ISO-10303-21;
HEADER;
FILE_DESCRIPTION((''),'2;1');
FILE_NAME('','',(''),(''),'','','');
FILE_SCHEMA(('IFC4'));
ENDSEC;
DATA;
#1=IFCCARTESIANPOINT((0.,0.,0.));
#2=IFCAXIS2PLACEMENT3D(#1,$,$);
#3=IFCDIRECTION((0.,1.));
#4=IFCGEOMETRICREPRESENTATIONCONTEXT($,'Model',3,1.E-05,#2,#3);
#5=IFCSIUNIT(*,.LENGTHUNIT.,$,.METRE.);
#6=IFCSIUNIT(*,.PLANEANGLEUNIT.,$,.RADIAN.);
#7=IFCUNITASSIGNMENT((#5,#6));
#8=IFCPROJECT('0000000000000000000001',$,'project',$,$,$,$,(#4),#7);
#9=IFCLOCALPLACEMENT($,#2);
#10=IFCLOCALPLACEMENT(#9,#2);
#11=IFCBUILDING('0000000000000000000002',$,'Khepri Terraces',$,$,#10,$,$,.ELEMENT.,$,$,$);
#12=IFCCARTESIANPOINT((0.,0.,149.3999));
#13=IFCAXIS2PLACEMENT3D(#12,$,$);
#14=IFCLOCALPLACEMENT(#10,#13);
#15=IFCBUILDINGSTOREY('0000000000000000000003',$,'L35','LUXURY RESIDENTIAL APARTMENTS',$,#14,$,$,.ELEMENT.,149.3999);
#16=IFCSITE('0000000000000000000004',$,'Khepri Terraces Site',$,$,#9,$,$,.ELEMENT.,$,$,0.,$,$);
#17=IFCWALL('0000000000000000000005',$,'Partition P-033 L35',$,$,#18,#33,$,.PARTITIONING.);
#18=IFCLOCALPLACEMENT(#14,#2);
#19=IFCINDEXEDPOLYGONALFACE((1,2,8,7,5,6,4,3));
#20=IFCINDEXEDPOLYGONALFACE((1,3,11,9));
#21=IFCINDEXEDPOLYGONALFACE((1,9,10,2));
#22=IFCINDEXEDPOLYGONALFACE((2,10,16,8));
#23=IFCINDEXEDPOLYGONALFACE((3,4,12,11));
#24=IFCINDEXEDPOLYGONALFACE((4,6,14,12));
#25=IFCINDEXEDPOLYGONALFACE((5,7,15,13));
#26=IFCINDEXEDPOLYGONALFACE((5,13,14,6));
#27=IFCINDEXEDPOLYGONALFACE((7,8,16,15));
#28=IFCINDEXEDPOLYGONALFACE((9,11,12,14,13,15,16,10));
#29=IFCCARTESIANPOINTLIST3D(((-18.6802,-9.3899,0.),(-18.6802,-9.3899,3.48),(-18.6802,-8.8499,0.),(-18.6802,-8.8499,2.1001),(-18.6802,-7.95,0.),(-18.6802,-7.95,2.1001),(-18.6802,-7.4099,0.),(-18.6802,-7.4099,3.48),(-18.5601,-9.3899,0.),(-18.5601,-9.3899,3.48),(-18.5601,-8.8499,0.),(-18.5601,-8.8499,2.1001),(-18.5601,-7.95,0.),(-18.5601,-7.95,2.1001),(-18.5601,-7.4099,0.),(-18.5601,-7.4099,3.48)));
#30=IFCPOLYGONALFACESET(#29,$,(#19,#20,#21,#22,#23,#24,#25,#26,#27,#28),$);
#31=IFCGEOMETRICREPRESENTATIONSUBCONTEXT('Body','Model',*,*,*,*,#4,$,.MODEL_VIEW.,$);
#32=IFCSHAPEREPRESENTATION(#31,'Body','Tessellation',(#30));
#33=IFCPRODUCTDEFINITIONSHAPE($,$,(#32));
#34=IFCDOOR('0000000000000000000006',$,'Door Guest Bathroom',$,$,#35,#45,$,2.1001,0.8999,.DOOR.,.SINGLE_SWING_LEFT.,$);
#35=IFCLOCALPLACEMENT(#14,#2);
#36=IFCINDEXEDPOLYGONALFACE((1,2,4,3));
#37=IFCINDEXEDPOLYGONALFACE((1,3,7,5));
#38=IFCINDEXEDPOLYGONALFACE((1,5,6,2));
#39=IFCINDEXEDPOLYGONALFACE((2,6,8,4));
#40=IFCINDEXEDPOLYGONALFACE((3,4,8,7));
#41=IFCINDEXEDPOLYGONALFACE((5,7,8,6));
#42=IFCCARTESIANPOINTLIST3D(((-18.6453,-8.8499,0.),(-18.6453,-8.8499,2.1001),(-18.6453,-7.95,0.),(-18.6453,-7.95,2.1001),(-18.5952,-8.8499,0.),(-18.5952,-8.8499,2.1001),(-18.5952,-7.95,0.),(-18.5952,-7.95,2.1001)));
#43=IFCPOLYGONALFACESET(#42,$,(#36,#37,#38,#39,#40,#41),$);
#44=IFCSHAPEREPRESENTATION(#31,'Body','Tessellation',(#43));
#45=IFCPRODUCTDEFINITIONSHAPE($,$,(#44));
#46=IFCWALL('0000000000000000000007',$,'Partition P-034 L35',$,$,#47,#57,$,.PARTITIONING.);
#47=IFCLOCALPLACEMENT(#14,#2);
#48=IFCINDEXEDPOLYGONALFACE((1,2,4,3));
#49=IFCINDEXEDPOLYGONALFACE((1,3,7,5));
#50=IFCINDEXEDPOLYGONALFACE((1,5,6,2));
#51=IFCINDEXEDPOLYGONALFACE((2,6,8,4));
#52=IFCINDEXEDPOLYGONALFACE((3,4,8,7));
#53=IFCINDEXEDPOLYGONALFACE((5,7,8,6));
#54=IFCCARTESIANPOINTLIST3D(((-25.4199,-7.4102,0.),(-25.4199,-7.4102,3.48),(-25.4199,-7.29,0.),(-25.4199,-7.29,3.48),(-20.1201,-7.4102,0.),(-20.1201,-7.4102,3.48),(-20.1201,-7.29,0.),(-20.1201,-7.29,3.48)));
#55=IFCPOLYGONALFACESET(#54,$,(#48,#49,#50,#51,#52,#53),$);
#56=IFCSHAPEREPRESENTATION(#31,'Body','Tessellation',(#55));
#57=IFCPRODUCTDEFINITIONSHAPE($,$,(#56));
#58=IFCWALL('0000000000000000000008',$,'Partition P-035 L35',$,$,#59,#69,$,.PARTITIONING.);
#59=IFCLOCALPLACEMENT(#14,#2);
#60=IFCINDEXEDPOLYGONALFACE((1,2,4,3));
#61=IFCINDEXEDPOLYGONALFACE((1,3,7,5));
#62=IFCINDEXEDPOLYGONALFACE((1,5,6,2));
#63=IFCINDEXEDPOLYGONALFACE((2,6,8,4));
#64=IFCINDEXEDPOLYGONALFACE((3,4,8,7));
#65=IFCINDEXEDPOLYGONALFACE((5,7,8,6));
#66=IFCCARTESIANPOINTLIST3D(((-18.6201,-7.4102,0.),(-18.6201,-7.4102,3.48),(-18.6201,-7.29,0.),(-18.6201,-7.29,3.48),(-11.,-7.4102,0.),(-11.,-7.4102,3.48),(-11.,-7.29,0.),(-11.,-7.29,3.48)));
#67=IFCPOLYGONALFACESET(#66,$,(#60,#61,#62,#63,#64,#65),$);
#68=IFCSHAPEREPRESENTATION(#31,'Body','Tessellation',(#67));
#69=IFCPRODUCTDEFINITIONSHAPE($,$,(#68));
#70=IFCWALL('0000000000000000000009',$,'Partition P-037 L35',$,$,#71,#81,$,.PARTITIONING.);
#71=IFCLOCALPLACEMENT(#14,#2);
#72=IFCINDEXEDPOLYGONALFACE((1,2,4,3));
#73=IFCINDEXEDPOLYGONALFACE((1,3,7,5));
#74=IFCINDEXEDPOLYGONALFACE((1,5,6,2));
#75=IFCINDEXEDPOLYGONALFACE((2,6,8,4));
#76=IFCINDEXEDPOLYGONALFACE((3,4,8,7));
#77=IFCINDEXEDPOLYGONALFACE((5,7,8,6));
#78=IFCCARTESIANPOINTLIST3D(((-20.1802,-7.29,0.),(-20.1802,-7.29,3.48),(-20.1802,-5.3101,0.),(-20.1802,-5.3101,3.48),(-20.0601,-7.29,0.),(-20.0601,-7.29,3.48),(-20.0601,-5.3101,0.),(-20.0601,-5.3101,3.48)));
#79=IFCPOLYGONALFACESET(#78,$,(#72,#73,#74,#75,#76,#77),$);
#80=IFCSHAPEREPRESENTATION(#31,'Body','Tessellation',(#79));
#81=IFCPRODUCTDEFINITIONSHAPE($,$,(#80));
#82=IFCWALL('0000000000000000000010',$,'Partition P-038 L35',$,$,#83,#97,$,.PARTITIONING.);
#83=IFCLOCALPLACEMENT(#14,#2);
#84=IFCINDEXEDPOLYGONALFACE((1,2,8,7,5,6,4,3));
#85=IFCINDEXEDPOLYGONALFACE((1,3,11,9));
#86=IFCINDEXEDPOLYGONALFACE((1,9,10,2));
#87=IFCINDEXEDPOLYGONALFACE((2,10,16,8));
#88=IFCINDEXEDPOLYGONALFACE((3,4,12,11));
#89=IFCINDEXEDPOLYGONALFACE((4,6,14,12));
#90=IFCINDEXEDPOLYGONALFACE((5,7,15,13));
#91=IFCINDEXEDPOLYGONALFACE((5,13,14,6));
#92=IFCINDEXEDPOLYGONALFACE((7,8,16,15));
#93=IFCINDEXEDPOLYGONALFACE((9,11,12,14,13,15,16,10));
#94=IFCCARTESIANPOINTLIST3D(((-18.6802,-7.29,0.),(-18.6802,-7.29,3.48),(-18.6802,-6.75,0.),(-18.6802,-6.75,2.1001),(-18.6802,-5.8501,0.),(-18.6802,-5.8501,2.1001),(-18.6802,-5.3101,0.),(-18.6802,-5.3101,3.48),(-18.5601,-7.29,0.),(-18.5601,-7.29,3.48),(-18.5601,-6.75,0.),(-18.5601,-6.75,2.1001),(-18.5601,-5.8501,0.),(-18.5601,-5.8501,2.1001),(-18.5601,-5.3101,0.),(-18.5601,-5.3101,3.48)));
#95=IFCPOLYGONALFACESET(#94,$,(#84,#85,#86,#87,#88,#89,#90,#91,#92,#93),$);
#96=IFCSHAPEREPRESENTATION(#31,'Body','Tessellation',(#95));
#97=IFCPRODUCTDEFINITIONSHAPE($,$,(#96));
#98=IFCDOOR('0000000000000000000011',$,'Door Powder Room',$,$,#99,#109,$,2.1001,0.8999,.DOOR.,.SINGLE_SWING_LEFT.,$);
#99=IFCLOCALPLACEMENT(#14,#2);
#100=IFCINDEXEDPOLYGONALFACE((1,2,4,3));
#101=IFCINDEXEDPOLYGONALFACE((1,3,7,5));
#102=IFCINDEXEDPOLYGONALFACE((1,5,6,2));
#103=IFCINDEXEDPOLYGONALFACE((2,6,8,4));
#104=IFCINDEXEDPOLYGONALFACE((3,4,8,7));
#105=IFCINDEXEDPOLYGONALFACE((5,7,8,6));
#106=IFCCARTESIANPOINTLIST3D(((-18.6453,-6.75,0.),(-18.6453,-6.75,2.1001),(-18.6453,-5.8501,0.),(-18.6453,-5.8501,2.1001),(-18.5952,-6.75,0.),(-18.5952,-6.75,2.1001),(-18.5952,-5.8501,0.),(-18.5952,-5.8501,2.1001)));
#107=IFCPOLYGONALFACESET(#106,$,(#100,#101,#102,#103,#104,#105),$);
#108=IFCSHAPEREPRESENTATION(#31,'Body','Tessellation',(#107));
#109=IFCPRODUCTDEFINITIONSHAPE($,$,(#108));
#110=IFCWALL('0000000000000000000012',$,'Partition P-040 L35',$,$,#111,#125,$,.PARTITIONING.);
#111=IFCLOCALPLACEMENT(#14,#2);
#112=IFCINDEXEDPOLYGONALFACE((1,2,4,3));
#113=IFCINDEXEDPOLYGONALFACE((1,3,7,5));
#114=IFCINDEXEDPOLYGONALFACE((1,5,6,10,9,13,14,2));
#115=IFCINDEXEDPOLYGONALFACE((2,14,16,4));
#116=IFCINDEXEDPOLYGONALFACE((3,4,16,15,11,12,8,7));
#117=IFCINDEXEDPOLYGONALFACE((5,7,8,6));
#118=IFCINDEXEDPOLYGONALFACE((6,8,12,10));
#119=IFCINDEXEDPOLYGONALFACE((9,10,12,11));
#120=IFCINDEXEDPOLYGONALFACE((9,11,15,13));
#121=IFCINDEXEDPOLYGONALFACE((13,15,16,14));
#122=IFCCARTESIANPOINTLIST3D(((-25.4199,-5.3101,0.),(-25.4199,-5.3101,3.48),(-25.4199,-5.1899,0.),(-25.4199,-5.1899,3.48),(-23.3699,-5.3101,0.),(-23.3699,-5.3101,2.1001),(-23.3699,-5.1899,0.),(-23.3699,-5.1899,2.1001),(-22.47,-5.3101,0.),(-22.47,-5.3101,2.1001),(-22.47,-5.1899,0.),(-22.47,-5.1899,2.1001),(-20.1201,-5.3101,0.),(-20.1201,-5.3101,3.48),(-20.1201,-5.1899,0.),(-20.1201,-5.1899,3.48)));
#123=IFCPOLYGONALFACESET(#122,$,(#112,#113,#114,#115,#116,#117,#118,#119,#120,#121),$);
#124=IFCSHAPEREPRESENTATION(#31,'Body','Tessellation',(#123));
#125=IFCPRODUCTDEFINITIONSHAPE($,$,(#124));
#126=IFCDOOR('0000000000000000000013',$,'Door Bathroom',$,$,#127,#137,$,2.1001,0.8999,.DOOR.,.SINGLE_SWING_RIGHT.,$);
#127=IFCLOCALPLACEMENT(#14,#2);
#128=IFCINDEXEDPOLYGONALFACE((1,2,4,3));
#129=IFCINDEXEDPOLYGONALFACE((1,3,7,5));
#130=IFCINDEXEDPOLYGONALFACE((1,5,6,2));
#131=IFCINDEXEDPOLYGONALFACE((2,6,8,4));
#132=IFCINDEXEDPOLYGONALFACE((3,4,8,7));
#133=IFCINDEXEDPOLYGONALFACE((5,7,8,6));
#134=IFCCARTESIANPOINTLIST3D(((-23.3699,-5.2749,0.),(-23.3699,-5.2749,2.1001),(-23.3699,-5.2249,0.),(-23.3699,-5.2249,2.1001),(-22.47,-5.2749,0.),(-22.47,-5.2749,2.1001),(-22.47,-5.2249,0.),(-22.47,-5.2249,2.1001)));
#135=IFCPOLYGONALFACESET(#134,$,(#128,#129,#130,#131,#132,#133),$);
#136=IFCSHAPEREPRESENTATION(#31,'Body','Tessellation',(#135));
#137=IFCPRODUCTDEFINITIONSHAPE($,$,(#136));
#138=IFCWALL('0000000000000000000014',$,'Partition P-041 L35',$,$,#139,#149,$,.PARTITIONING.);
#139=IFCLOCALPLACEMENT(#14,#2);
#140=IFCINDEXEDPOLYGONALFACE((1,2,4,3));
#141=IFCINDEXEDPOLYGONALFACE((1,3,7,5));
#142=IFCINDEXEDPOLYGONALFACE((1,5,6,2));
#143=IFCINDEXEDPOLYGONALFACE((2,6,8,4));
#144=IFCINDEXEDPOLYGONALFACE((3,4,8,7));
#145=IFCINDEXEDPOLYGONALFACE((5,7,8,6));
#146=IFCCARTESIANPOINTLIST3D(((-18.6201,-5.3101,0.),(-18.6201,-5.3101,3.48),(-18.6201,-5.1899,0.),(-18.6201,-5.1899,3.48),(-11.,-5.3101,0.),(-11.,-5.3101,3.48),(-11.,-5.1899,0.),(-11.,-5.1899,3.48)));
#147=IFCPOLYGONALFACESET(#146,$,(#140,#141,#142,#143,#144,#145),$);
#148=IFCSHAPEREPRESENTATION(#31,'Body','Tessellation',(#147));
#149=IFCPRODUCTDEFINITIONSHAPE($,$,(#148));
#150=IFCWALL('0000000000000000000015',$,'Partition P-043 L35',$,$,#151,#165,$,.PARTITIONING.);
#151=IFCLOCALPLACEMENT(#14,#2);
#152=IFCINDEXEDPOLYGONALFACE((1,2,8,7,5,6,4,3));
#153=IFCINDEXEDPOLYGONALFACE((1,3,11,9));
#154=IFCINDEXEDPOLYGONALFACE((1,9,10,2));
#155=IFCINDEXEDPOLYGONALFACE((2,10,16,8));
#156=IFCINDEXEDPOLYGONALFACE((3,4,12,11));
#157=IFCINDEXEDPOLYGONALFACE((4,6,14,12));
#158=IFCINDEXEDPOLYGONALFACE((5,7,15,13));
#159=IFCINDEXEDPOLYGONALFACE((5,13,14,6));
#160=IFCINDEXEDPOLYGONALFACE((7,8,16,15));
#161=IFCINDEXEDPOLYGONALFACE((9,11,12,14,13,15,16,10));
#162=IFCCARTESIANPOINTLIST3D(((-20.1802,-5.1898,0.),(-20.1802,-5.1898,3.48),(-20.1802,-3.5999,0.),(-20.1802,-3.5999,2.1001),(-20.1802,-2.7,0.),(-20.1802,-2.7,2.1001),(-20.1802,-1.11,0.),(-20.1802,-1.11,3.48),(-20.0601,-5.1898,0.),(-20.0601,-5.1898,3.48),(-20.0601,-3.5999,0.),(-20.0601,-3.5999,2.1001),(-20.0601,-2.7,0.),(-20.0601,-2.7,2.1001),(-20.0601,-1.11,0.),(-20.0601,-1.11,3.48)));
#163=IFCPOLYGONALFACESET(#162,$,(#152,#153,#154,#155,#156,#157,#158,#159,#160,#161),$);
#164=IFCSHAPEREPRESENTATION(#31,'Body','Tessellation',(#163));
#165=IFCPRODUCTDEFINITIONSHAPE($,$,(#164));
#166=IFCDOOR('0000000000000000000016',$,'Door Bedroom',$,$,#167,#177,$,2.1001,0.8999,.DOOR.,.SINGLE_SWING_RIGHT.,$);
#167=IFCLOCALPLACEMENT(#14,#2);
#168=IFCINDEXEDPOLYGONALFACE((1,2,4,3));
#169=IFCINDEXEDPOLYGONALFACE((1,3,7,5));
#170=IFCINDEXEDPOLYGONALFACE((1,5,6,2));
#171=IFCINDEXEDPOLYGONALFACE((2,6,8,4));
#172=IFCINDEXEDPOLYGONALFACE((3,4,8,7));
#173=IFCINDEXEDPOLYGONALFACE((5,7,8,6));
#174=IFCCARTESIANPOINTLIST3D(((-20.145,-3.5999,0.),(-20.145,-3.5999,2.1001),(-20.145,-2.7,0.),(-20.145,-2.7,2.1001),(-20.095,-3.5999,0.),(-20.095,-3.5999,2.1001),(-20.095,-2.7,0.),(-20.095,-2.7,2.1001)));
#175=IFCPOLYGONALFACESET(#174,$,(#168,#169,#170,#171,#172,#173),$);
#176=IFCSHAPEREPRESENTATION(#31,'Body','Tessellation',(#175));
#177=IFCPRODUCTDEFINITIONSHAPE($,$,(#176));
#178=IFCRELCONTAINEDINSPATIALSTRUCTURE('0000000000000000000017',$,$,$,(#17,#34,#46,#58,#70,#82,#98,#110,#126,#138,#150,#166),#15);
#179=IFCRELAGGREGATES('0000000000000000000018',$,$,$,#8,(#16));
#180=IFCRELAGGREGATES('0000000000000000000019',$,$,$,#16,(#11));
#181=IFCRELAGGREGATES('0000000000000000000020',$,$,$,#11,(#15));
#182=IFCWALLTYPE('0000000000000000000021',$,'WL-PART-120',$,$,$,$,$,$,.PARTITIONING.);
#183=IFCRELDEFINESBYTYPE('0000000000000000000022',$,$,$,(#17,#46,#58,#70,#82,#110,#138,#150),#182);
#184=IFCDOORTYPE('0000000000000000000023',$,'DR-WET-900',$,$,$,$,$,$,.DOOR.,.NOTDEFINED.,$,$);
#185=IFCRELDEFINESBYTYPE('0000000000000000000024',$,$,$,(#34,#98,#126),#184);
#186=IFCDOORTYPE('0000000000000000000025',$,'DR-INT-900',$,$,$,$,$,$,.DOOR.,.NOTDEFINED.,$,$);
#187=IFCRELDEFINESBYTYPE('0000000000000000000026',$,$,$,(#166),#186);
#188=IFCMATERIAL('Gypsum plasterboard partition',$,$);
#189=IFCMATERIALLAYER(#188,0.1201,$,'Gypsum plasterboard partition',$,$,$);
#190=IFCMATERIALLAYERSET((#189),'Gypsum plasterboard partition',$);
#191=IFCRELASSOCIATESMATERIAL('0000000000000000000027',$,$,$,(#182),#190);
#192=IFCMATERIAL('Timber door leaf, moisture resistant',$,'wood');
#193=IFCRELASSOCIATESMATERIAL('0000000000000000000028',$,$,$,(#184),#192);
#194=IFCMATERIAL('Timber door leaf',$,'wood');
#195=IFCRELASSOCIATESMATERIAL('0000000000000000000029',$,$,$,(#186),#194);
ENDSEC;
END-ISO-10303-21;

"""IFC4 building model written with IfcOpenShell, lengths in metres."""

from ifc_helpers import new_model, si_unit, direction, frame, frame_2d, origin, place, context, subcontext, project, spatial, rectangle, extrude, material, layer, layer_set, type_object, element, fill, save


model = new_model("IFC4")

# Units and contexts
model_context = context("Model", 3, precision=1e-05, world=origin(), true_north=direction((0.0, 1.0)))
body_context = subcontext(model_context, "Body", "Model", "MODEL_VIEW")
ifc_project = project(units=[si_unit("LENGTHUNIT", "METRE"), si_unit("PLANEANGLEUNIT", "RADIAN")], contexts=[model_context])

# Site, building, storey
site_placement = place(None, origin())
site = spatial("IfcSite", under=ifc_project, at=site_placement, Name="Khepri Terraces Site", CompositionType="ELEMENT", RefElevation=0.0)
building_placement = place(site_placement, origin())
building = spatial("IfcBuilding", under=site, at=building_placement, Name="Khepri Terraces", CompositionType="ELEMENT")
storey_placement = place(building_placement, frame((0.0, 0.0, 149.3999)))
storey = spatial("IfcBuildingStorey", under=building, at=storey_placement, Name="L35", Description="LUXURY RESIDENTIAL APARTMENTS", CompositionType="ELEMENT", Elevation=149.3999)

# Wall, opening, door
ifc_material_1 = material(Name="Gypsum plasterboard partition")
ifc_layer_1 = layer(ifc_material_1, 0.1201, Name="Gypsum plasterboard partition")
ifc_layer_set_1 = layer_set([ifc_layer_1], Name="Gypsum plasterboard partition")
wall_type_1 = type_object("IfcWallType", Name="WL-PART-120", PredefinedType="PARTITIONING", material=ifc_layer_set_1)
wall_1_placement = place(storey_placement, frame((-18.6201, -9.3899, 0.0), z_axis=(0.0, 0.0, 1.0), x_axis=(0.0, 1.0, 0.0)))
wall_1 = element("IfcWall", 1, at=wall_1_placement, inside=storey, type_object=wall_type_1, Name="Partition P-033 L35", PredefinedType="PARTITIONING", context=body_context, shape_type="SweptSolid", body=[
    extrude(rectangle(XDim=1.98, YDim=0.1201, at=frame_2d((0.99, 0.0))), origin(), (0.0, 0.0, 1.0), 3.48),
])
opening_1_placement = place(wall_1_placement, frame((0.54, 0.0, 0.0)))
opening_1 = element("IfcOpeningElement", 2, at=opening_1_placement, cuts=wall_1, PredefinedType="OPENING", context=body_context, shape_type="SweptSolid", body=[
    extrude(rectangle(XDim=0.8999, YDim=2.1001, at=frame_2d((0.45, 1.05))), frame((0.0, 0.0701, 0.0), z_axis=(0.0, -1.0, 0.0), x_axis=(1.0, 0.0, 0.0)), (0.0, 0.0, 1.0), 0.1401),
])
ifc_material_2 = material(Name="Timber door leaf, moisture resistant", Category="wood")
door_type_1 = type_object("IfcDoorType", Name="DR-WET-900", OperationType="NOTDEFINED", PredefinedType="DOOR", material=ifc_material_2)
door_1_placement = place(opening_1_placement, frame((0.8999, 0.0, 0.0), z_axis=(0.0, 0.0, 1.0), x_axis=(-1.0, 0.0, 0.0)))
door_1 = element("IfcDoor", 3, at=door_1_placement, inside=storey, type_object=door_type_1, Name="Door Guest Bathroom", OperationType="SINGLE_SWING_LEFT", OverallHeight=2.1001, OverallWidth=0.8999, PredefinedType="DOOR", context=body_context, shape_type="SweptSolid", body=[
    extrude(rectangle(XDim=0.8999, YDim=2.1001, at=frame_2d((0.45, 1.05))), frame((0.0, 0.0249, 0.0), z_axis=(0.0, -1.0, 0.0), x_axis=(1.0, 0.0, 0.0)), (0.0, 0.0, 1.0), 0.05),
])
fill(opening_1, door_1)

# Walls
wall_2_placement = place(storey_placement, frame((-25.4199, -7.3501, 0.0), z_axis=(0.0, 0.0, 1.0), x_axis=(1.0, 0.0, 0.0)))
element("IfcWall", 4, at=wall_2_placement, inside=storey, type_object=wall_type_1, Name="Partition P-034 L35", PredefinedType="PARTITIONING", context=body_context, shape_type="SweptSolid", body=[
    extrude(rectangle(XDim=5.2998, YDim=0.1201, at=frame_2d((2.6499, 0.0))), origin(), (0.0, 0.0, 1.0), 3.48),
])
wall_3_placement = place(storey_placement, frame((-18.6201, -7.3501, 0.0), z_axis=(0.0, 0.0, 1.0), x_axis=(1.0, 0.0, 0.0)))
element("IfcWall", 5, at=wall_3_placement, inside=storey, type_object=wall_type_1, Name="Partition P-035 L35", PredefinedType="PARTITIONING", context=body_context, shape_type="SweptSolid", body=[
    extrude(rectangle(XDim=7.6201, YDim=0.1201, at=frame_2d((3.8101, 0.0))), origin(), (0.0, 0.0, 1.0), 3.48),
])
wall_4_placement = place(storey_placement, frame((-20.1201, -7.29, 0.0), z_axis=(0.0, 0.0, 1.0), x_axis=(0.0, 1.0, 0.0)))
element("IfcWall", 6, at=wall_4_placement, inside=storey, type_object=wall_type_1, Name="Partition P-037 L35", PredefinedType="PARTITIONING", context=body_context, shape_type="SweptSolid", body=[
    extrude(rectangle(XDim=1.98, YDim=0.1201, at=frame_2d((0.99, 0.0))), origin(), (0.0, 0.0, 1.0), 3.48),
])

# Walls, openings, doors
wall_5_placement = place(storey_placement, frame((-18.6201, -7.29, 0.0), z_axis=(0.0, 0.0, 1.0), x_axis=(0.0, 1.0, 0.0)))
wall_5 = element("IfcWall", 7, at=wall_5_placement, inside=storey, type_object=wall_type_1, Name="Partition P-038 L35", PredefinedType="PARTITIONING", context=body_context, shape_type="SweptSolid", body=[
    extrude(rectangle(XDim=1.98, YDim=0.1201, at=frame_2d((0.99, 0.0))), origin(), (0.0, 0.0, 1.0), 3.48),
])
opening_2_placement = place(wall_5_placement, frame((0.54, 0.0, 0.0)))
opening_2 = element("IfcOpeningElement", 8, at=opening_2_placement, cuts=wall_5, PredefinedType="OPENING", context=body_context, shape_type="SweptSolid", body=[
    extrude(rectangle(XDim=0.8999, YDim=2.1001, at=frame_2d((0.45, 1.05))), frame((0.0, 0.0701, 0.0), z_axis=(0.0, -1.0, 0.0), x_axis=(1.0, 0.0, 0.0)), (0.0, 0.0, 1.0), 0.1401),
])
door_2_placement = place(opening_2_placement, frame((0.8999, 0.0, 0.0), z_axis=(0.0, 0.0, 1.0), x_axis=(-1.0, 0.0, 0.0)))
door_2 = element("IfcDoor", 9, at=door_2_placement, inside=storey, type_object=door_type_1, Name="Door Powder Room", OperationType="SINGLE_SWING_LEFT", OverallHeight=2.1001, OverallWidth=0.8999, PredefinedType="DOOR", context=body_context, shape_type="SweptSolid", body=[
    extrude(rectangle(XDim=0.8999, YDim=2.1001, at=frame_2d((0.45, 1.05))), frame((0.0, 0.0249, 0.0), z_axis=(0.0, -1.0, 0.0), x_axis=(1.0, 0.0, 0.0)), (0.0, 0.0, 1.0), 0.05),
])
fill(opening_2, door_2)
wall_6_placement = place(storey_placement, frame((-25.4199, -5.25, 0.0), z_axis=(0.0, 0.0, 1.0), x_axis=(1.0, 0.0, 0.0)))
wall_6 = element("IfcWall", 10, at=wall_6_placement, inside=storey, type_object=wall_type_1, Name="Partition P-040 L35", PredefinedType="PARTITIONING", context=body_context, shape_type="SweptSolid", body=[
    extrude(rectangle(XDim=5.2998, YDim=0.1201, at=frame_2d((2.6499, 0.0))), origin(), (0.0, 0.0, 1.0), 3.48),
])
opening_3_placement = place(wall_6_placement, frame((2.05, 0.0, 0.0)))
opening_3 = element("IfcOpeningElement", 11, at=opening_3_placement, cuts=wall_6, PredefinedType="OPENING", context=body_context, shape_type="SweptSolid", body=[
    extrude(rectangle(XDim=0.8999, YDim=2.1001, at=frame_2d((0.45, 1.05))), frame((0.0, 0.0701, 0.0), z_axis=(0.0, -1.0, 0.0), x_axis=(1.0, 0.0, 0.0)), (0.0, 0.0, 1.0), 0.1401),
])
door_3_placement = place(opening_3_placement, frame((0.8999, 0.0, 0.0), z_axis=(0.0, 0.0, 1.0), x_axis=(-1.0, 0.0, 0.0)))
door_3 = element("IfcDoor", 12, at=door_3_placement, inside=storey, type_object=door_type_1, Name="Door Bathroom", OperationType="SINGLE_SWING_RIGHT", OverallHeight=2.1001, OverallWidth=0.8999, PredefinedType="DOOR", context=body_context, shape_type="SweptSolid", body=[
    extrude(rectangle(XDim=0.8999, YDim=2.1001, at=frame_2d((0.45, 1.05))), frame((0.0, 0.0249, 0.0), z_axis=(0.0, -1.0, 0.0), x_axis=(1.0, 0.0, 0.0)), (0.0, 0.0, 1.0), 0.05),
])
fill(opening_3, door_3)

# Wall
wall_7_placement = place(storey_placement, frame((-18.6201, -5.25, 0.0), z_axis=(0.0, 0.0, 1.0), x_axis=(1.0, 0.0, 0.0)))
element("IfcWall", 13, at=wall_7_placement, inside=storey, type_object=wall_type_1, Name="Partition P-041 L35", PredefinedType="PARTITIONING", context=body_context, shape_type="SweptSolid", body=[
    extrude(rectangle(XDim=7.6201, YDim=0.1201, at=frame_2d((3.8101, 0.0))), origin(), (0.0, 0.0, 1.0), 3.48),
])

# Wall, opening, door
wall_8_placement = place(storey_placement, frame((-20.1201, -5.1899, 0.0), z_axis=(0.0, 0.0, 1.0), x_axis=(0.0, 1.0, 0.0)))
wall_8 = element("IfcWall", 14, at=wall_8_placement, inside=storey, type_object=wall_type_1, Name="Partition P-043 L35", PredefinedType="PARTITIONING", context=body_context, shape_type="SweptSolid", body=[
    extrude(rectangle(XDim=4.0798, YDim=0.1201, at=frame_2d((2.04, 0.0))), origin(), (0.0, 0.0, 1.0), 3.48),
])
opening_4_placement = place(wall_8_placement, frame((1.5901, 0.0, 0.0)))
opening_4 = element("IfcOpeningElement", 15, at=opening_4_placement, cuts=wall_8, PredefinedType="OPENING", context=body_context, shape_type="SweptSolid", body=[
    extrude(rectangle(XDim=0.8999, YDim=2.1001, at=frame_2d((0.45, 1.05))), frame((0.0, 0.0701, 0.0), z_axis=(0.0, -1.0, 0.0), x_axis=(1.0, 0.0, 0.0)), (0.0, 0.0, 1.0), 0.1401),
])
ifc_material_3 = material(Name="Timber door leaf", Category="wood")
door_type_2 = type_object("IfcDoorType", Name="DR-INT-900", OperationType="NOTDEFINED", PredefinedType="DOOR", material=ifc_material_3)
door_4_placement = place(opening_4_placement, origin())
door_4 = element("IfcDoor", 16, at=door_4_placement, inside=storey, type_object=door_type_2, Name="Door Bedroom", OperationType="SINGLE_SWING_RIGHT", OverallHeight=2.1001, OverallWidth=0.8999, PredefinedType="DOOR", context=body_context, shape_type="SweptSolid", body=[
    extrude(rectangle(XDim=0.8999, YDim=2.1001, at=frame_2d((0.45, 1.05))), frame((0.0, 0.0249, 0.0), z_axis=(0.0, -1.0, 0.0), x_axis=(1.0, 0.0, 0.0)), (0.0, 0.0, 1.0), 0.05),
])
fill(opening_4, door_4)

save(model, "model.ifc")
